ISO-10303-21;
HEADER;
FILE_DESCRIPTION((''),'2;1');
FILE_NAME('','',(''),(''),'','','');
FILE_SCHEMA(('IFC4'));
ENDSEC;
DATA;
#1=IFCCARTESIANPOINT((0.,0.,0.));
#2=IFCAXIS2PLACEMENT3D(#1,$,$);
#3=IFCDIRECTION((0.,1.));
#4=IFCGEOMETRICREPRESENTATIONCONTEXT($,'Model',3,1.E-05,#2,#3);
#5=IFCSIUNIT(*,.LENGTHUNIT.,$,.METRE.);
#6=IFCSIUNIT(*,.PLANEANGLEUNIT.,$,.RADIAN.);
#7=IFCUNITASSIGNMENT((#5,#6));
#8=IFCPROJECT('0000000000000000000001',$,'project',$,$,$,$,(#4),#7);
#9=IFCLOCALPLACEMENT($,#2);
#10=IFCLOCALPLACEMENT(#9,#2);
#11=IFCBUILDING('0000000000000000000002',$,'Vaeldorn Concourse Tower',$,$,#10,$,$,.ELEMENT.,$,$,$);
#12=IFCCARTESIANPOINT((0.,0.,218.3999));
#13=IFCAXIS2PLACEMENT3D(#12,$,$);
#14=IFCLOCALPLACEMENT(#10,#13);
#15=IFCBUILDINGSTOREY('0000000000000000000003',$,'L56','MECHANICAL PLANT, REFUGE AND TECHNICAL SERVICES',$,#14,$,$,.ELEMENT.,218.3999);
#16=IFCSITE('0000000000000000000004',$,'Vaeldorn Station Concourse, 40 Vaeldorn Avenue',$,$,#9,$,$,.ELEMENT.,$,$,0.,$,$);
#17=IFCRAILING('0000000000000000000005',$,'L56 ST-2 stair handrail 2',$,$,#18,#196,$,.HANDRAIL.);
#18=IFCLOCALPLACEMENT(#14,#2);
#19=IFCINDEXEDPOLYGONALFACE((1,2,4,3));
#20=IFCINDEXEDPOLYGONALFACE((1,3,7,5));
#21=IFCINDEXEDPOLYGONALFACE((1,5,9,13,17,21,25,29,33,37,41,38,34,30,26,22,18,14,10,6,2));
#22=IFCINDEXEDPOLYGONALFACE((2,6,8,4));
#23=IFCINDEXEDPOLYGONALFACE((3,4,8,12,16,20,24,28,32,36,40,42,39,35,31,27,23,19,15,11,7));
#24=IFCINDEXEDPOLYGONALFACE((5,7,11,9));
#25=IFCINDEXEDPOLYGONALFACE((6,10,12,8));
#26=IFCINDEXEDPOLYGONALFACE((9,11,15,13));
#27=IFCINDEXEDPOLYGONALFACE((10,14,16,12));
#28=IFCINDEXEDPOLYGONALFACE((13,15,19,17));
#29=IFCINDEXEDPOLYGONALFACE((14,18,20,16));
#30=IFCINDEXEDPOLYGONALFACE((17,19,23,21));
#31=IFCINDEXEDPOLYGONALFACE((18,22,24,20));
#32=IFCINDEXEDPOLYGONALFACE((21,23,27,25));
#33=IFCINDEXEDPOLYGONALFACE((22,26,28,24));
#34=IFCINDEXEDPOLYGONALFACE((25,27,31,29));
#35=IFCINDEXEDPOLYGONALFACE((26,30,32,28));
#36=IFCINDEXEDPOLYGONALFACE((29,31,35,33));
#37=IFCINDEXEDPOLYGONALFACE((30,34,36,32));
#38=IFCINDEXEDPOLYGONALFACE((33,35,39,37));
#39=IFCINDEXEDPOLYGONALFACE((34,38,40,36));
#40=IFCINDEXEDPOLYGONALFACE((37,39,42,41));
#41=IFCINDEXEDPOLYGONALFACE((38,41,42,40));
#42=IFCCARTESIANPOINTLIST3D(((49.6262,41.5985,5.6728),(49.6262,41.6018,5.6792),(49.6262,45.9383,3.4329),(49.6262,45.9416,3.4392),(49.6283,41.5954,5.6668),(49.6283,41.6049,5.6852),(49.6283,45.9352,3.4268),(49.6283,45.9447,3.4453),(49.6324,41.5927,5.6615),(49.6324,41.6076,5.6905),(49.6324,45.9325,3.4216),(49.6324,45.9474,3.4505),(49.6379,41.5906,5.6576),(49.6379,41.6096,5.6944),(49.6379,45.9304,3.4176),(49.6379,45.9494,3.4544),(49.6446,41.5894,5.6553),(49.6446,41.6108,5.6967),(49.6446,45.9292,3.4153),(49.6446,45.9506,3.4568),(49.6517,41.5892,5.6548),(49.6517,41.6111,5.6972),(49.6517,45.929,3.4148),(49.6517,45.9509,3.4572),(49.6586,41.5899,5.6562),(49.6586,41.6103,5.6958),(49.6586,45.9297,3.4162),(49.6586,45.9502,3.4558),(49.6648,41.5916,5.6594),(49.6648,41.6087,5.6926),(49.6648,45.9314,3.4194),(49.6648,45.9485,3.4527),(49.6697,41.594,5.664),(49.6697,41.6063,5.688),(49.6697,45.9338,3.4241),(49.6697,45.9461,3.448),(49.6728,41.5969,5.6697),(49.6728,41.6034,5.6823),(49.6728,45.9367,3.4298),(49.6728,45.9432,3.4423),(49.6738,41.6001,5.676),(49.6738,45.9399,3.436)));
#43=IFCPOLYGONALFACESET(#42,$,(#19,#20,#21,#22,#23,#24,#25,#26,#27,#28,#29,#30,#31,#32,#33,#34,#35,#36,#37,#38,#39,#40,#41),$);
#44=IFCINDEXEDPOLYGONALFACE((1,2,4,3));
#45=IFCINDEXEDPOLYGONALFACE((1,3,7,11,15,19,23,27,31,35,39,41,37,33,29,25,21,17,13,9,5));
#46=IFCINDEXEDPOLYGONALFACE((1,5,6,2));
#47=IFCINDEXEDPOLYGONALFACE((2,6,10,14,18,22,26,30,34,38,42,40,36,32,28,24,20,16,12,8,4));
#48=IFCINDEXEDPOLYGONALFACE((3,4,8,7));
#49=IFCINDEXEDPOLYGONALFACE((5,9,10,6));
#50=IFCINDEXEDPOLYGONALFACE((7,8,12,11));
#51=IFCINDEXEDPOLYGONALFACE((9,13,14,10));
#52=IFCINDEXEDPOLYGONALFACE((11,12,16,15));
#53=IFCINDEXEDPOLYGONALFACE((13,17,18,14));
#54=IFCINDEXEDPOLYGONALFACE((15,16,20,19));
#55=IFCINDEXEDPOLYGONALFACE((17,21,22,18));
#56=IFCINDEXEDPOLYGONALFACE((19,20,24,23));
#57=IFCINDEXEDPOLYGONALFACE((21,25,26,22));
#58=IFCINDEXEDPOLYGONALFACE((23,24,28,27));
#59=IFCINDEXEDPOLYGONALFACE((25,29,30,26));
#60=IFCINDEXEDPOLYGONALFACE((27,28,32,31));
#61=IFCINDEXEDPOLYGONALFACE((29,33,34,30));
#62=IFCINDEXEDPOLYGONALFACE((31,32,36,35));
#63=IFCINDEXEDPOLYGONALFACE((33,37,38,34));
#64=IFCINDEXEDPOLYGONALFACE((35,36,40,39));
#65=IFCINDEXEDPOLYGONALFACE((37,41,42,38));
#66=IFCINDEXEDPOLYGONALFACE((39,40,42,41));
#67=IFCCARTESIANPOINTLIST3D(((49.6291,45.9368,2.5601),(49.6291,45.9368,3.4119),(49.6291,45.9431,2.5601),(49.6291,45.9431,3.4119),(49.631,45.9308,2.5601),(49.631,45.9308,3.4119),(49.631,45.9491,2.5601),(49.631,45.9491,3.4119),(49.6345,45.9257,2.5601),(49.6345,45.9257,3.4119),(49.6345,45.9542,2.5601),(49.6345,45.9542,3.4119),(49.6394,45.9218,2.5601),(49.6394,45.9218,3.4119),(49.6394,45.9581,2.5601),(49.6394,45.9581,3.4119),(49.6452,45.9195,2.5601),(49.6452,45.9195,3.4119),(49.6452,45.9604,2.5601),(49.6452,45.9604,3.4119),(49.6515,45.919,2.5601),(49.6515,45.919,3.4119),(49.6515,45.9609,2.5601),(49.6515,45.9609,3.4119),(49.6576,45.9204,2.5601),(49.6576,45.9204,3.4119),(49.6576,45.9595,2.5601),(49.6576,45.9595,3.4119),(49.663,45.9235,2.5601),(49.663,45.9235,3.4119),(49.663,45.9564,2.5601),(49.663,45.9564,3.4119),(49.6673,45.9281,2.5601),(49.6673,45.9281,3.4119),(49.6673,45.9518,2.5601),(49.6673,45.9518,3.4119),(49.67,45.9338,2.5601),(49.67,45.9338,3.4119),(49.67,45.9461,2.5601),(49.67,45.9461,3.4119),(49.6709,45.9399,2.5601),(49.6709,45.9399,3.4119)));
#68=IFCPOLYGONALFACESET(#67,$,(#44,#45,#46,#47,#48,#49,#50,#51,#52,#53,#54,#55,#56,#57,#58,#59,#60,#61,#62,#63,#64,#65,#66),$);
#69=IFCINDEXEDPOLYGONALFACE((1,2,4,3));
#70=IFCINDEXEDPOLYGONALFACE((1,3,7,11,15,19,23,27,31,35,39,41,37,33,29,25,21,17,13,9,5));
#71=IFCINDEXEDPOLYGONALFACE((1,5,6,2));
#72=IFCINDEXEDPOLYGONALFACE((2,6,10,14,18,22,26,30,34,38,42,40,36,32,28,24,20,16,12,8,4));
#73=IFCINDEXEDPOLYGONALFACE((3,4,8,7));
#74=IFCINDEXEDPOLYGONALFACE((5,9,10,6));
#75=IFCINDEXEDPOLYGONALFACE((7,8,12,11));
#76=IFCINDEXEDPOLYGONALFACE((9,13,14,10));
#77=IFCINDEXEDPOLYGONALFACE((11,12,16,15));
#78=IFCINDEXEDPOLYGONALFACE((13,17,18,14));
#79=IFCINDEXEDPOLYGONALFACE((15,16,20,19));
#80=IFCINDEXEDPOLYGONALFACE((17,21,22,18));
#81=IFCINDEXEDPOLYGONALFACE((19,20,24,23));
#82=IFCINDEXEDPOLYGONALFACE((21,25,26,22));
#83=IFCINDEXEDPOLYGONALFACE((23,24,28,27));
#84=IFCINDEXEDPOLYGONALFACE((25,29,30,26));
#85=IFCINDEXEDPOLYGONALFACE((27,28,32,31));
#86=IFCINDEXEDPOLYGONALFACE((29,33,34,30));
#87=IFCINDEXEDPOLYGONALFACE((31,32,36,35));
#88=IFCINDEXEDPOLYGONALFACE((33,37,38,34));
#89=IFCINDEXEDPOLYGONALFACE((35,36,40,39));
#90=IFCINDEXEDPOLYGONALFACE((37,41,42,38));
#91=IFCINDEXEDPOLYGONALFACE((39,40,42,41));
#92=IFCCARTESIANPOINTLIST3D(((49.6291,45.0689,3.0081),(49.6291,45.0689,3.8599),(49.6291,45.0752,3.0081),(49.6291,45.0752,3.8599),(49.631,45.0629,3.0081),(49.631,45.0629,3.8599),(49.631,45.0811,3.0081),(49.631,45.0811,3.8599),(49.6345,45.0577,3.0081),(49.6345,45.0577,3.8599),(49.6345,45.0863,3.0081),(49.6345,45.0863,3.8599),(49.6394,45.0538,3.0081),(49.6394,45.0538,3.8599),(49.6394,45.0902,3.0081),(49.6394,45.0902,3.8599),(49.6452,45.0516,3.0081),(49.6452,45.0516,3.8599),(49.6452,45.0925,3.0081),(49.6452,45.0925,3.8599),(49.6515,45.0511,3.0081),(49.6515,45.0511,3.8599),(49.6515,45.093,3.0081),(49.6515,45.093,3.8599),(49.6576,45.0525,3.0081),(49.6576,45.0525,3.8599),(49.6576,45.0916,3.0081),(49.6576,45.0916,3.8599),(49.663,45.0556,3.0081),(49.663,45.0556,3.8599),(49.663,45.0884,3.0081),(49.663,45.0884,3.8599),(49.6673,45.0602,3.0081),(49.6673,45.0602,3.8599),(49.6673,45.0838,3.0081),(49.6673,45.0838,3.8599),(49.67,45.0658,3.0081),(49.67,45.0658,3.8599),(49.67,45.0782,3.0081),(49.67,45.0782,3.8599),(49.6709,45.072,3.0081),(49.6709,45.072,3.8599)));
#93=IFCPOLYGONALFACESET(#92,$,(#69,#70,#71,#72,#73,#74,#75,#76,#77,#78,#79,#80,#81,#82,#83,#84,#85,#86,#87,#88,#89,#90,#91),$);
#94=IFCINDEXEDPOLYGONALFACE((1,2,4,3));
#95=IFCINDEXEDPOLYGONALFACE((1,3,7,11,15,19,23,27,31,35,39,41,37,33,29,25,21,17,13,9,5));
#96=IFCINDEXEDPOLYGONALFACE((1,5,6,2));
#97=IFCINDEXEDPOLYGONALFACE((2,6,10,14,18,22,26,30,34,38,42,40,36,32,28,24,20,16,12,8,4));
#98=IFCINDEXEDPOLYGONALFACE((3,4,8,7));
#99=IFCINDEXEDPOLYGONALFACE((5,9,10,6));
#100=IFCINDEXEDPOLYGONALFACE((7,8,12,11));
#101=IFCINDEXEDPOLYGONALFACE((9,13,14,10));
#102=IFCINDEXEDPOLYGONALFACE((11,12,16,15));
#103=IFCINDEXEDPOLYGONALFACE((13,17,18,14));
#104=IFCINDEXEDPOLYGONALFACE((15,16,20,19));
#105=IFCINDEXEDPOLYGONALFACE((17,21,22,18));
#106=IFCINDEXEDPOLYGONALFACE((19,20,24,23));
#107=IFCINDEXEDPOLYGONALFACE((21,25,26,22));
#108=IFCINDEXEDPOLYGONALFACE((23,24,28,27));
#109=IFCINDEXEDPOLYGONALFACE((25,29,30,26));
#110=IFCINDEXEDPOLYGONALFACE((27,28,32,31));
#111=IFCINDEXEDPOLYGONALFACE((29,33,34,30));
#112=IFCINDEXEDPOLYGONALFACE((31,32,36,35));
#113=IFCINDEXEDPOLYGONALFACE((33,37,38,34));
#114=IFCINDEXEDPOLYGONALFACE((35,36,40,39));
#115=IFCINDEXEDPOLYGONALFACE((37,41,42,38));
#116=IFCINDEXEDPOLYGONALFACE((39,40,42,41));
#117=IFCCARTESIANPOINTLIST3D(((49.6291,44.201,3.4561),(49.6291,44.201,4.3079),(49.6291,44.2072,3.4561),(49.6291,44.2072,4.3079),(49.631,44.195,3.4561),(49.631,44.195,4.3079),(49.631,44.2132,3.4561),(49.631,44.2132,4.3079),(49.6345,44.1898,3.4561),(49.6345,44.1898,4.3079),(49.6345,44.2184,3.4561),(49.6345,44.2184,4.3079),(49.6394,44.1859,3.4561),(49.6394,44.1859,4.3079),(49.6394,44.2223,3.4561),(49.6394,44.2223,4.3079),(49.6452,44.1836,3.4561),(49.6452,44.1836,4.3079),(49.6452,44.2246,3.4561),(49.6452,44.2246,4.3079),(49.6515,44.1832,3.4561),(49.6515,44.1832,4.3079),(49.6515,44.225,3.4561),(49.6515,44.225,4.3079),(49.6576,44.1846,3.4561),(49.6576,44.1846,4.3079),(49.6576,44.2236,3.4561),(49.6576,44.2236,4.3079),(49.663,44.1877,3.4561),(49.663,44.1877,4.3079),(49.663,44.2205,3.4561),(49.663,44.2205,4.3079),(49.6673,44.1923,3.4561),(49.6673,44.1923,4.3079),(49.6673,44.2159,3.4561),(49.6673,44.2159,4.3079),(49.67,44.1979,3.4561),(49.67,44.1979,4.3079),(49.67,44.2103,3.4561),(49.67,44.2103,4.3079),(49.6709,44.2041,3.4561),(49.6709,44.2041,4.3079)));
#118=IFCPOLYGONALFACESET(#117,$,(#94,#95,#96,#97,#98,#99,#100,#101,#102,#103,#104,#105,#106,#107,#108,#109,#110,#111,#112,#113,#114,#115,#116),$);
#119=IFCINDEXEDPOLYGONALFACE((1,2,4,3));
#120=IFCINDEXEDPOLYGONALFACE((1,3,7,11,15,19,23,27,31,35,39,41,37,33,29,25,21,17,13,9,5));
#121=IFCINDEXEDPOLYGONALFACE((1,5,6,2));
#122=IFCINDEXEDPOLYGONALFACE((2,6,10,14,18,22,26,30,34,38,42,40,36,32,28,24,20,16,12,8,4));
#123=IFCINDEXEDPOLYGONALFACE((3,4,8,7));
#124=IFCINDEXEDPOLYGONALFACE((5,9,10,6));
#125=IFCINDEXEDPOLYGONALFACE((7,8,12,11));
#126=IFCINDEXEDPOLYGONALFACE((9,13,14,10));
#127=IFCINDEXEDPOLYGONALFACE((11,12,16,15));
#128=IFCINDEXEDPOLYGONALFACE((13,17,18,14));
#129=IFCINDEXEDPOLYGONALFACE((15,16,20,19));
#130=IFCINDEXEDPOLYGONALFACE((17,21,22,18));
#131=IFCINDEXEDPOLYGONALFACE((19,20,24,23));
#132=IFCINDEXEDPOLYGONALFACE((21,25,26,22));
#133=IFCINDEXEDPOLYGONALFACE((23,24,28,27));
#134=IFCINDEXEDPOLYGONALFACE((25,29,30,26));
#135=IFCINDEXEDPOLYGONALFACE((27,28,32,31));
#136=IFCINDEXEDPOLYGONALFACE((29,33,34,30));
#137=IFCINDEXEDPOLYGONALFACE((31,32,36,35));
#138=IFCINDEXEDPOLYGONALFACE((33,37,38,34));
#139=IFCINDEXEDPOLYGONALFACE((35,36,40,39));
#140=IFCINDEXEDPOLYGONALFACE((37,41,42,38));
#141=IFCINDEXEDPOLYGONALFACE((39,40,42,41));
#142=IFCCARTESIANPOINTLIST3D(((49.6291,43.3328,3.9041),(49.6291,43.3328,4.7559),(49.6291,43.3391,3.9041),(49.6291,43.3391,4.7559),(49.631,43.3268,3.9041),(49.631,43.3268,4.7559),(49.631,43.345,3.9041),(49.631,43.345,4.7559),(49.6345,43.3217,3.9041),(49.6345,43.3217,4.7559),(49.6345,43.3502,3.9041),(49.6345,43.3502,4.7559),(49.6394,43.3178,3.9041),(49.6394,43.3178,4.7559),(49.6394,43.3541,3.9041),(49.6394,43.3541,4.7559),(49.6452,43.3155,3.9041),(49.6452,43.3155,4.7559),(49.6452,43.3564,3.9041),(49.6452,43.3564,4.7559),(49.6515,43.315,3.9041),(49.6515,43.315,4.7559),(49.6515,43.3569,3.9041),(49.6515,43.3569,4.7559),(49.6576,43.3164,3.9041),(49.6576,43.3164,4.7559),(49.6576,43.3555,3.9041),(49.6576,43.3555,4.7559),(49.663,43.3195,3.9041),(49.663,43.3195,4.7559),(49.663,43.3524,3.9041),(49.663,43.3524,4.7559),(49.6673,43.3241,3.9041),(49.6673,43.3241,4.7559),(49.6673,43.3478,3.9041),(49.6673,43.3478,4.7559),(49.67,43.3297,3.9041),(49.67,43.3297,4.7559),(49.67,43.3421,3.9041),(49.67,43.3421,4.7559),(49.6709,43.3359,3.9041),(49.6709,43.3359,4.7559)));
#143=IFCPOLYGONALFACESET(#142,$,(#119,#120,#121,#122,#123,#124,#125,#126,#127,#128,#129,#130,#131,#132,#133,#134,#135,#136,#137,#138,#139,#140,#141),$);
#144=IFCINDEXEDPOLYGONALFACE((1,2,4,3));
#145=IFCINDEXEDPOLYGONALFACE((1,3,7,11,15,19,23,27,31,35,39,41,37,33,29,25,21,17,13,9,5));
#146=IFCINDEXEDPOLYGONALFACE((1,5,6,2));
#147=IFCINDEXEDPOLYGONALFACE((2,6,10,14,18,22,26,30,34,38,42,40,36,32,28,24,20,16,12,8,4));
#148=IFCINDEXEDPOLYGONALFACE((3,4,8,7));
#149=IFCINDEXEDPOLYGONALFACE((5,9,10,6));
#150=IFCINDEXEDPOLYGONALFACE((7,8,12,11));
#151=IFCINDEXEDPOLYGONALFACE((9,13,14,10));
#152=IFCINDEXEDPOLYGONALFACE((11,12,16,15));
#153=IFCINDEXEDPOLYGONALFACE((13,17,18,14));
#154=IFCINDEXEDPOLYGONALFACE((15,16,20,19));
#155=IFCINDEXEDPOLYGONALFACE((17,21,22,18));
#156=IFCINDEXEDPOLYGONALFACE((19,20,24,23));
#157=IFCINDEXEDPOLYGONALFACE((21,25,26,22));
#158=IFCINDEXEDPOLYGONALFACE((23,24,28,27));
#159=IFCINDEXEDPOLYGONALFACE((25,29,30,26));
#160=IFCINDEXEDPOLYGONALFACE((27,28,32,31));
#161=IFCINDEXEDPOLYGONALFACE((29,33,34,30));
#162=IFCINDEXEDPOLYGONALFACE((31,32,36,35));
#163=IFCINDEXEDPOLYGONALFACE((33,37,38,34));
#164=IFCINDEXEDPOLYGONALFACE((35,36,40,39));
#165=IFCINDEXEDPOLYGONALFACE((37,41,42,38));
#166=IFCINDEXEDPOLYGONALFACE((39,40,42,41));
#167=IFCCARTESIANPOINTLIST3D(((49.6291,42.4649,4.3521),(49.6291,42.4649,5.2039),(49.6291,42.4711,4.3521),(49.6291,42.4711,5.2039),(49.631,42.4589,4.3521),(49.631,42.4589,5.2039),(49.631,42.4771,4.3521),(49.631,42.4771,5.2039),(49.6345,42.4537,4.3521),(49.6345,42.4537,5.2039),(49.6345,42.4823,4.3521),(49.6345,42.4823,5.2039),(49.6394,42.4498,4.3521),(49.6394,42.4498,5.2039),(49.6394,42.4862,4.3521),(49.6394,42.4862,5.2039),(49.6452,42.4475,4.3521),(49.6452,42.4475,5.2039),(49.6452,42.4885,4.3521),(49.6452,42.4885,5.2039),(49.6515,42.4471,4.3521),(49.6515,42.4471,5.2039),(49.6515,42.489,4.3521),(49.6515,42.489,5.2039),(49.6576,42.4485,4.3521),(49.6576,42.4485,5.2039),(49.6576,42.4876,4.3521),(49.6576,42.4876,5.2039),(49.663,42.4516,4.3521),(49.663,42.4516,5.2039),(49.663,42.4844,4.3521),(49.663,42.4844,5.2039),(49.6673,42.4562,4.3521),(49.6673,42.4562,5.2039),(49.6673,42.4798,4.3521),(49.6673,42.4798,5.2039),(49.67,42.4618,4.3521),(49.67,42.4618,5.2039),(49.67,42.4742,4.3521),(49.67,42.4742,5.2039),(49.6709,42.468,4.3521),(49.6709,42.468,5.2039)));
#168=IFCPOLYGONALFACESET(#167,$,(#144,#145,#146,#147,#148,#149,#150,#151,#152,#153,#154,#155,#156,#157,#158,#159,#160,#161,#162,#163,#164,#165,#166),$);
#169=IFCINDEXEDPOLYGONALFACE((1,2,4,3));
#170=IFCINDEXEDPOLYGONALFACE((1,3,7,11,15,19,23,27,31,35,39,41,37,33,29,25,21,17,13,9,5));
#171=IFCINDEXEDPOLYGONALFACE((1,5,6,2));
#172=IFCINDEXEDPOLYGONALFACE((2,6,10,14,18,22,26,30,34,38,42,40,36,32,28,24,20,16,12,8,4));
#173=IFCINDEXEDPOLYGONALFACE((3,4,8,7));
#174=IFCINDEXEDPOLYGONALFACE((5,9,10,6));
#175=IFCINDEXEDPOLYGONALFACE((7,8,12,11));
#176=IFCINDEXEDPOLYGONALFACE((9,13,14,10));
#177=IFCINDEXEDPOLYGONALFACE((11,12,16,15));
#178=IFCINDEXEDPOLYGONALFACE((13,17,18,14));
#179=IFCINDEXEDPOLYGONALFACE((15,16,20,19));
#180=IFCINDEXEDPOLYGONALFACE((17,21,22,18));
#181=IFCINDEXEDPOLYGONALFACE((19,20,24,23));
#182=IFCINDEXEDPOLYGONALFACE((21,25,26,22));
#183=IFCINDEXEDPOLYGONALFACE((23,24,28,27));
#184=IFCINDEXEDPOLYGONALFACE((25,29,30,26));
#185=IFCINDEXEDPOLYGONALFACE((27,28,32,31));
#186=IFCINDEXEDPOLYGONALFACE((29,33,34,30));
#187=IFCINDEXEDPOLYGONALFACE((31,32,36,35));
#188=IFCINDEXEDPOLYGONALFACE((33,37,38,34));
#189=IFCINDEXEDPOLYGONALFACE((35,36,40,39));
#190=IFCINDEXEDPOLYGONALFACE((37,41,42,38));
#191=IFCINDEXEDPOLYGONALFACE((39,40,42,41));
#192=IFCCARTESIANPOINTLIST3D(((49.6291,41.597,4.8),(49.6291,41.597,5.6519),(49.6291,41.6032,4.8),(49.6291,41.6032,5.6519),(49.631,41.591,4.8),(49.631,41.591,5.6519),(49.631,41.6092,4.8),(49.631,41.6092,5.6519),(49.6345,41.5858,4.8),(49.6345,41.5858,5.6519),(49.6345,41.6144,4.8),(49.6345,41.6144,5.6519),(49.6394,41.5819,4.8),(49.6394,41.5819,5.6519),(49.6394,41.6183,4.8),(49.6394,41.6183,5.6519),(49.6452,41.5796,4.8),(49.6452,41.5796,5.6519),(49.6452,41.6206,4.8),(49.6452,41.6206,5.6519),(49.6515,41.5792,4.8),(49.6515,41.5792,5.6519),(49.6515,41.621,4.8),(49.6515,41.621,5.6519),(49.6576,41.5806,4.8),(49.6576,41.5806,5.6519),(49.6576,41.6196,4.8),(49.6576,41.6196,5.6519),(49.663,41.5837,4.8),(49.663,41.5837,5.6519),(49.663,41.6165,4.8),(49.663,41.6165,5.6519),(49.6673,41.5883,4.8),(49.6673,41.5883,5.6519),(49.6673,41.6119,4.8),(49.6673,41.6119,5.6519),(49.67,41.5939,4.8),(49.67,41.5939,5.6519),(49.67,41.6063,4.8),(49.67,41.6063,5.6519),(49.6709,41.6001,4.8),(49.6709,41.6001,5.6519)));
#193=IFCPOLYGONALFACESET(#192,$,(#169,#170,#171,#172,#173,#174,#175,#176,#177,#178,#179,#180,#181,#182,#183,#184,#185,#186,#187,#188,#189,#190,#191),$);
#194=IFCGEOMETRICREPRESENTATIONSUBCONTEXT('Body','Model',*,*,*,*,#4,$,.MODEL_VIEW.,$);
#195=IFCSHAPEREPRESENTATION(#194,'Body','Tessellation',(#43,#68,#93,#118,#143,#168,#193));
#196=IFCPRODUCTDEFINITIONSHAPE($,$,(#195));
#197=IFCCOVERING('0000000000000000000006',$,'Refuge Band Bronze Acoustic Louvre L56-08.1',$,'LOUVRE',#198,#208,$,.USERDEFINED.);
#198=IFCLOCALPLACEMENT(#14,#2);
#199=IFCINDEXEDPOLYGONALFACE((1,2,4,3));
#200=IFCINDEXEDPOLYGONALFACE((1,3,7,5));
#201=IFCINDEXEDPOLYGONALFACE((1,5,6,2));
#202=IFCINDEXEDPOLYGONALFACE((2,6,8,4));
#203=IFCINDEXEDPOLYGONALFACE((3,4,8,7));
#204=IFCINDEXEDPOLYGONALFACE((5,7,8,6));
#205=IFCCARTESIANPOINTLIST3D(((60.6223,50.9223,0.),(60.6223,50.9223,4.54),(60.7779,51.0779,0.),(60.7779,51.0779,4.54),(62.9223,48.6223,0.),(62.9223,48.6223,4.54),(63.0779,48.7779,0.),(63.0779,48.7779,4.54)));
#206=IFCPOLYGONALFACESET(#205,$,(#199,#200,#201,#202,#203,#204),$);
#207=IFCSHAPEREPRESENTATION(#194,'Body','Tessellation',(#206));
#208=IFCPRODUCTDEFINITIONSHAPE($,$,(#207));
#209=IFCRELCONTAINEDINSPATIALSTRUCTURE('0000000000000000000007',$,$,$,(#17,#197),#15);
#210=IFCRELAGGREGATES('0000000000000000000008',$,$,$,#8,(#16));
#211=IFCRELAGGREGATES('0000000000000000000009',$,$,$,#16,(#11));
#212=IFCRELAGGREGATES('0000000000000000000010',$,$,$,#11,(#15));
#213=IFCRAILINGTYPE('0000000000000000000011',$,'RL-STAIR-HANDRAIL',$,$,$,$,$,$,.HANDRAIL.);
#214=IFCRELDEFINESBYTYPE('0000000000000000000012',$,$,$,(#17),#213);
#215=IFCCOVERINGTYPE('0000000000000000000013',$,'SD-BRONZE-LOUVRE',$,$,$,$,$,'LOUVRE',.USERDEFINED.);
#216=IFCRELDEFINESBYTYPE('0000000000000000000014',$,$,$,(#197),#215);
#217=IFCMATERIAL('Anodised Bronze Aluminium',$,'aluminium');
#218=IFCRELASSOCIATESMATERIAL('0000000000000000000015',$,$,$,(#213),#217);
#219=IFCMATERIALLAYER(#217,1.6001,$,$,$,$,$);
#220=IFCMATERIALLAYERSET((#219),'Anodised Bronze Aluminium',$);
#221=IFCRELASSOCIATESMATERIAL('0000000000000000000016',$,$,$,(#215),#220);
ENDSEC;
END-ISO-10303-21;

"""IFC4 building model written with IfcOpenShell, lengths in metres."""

from ifc_helpers import new_model, si_unit, direction, frame, origin, origin_2d, place, context, subcontext, project, spatial, rectangle, circle, extrude, source, transform, mapped, material, layer, layer_set, type_object, element, save


model = new_model("IFC4")

# Units and contexts
model_context = context("Model", 3, precision=1e-05, world=origin(), true_north=direction((0.0, 1.0)))
body_context = subcontext(model_context, "Body", "Model", "MODEL_VIEW")
ifc_project = project(units=[si_unit("LENGTHUNIT", "METRE"), si_unit("PLANEANGLEUNIT", "RADIAN")], contexts=[model_context])

# Site, building, storey
site_placement = place(None, origin())
site = spatial("IfcSite", under=ifc_project, at=site_placement, Name="Vaeldorn Station Concourse, 40 Vaeldorn Avenue", CompositionType="ELEMENT", RefElevation=0.0)
building_placement = place(site_placement, origin())
building = spatial("IfcBuilding", under=site, at=building_placement, Name="Vaeldorn Concourse Tower", CompositionType="ELEMENT")
storey_placement = place(building_placement, frame((0.0, 0.0, 218.3999)))
storey = spatial("IfcBuildingStorey", under=building, at=storey_placement, Name="L56", Description="MECHANICAL PLANT, REFUGE AND TECHNICAL SERVICES", CompositionType="ELEMENT", Elevation=218.3999)

# Railing
ifc_material_1 = material(Name="Anodised Bronze Aluminium", Category="aluminium")
railing_type_1 = type_object("IfcRailingType", Name="RL-STAIR-HANDRAIL", PredefinedType="HANDRAIL", material=ifc_material_1)
railing_1_placement = place(storey_placement, frame((49.6499, 45.9399, 2.5601)))
element("IfcRailing", 1, at=railing_1_placement, inside=storey, type_object=railing_type_1, Name="L56 ST-2 stair handrail 2", PredefinedType="HANDRAIL", context=body_context, shape_type="SweptSolid", body=[
    extrude(circle(Radius=0.0239, at=origin_2d()), frame((0.0, 0.0, 0.876), z_axis=(0.0, -0.888615, 0.458654), x_axis=(1.0, 0.0, 0.0)), (0.0, 0.0, 1.0), 4.8838),
    extrude(circle(Radius=0.021, at=origin_2d()), origin(), (0.0, 0.0, 1.0), 0.8518),
    extrude(circle(Radius=0.021, at=origin_2d()), frame((0.0, -0.8679, 0.448)), (0.0, 0.0, 1.0), 0.8518),
    extrude(circle(Radius=0.021, at=origin_2d()), frame((0.0, -1.7358, 0.896)), (0.0, 0.0, 1.0), 0.8518),
    extrude(circle(Radius=0.021, at=origin_2d()), frame((0.0, -2.604, 1.344)), (0.0, 0.0, 1.0), 0.8518),
    extrude(circle(Radius=0.021, at=origin_2d()), frame((0.0, -3.4719, 1.792)), (0.0, 0.0, 1.0), 0.8518),
    extrude(circle(Radius=0.021, at=origin_2d()), frame((0.0, -4.3398, 2.24)), (0.0, 0.0, 1.0), 0.8518),
])

# Covering
ifc_layer_1 = layer(ifc_material_1, 1.6001)
ifc_layer_set_1 = layer_set([ifc_layer_1], Name="Anodised Bronze Aluminium")
covering_type = type_object("IfcCoveringType", Name="SD-BRONZE-LOUVRE", ElementType="LOUVRE", PredefinedType="USERDEFINED", material=ifc_layer_set_1)
shared_shape_1 = source(origin(), body_context, "Body", "SweptSolid", [
    extrude(rectangle(XDim=3.2527, YDim=0.22, at=origin_2d()), origin(), (0.0, 0.0, 1.0), 4.54),
])
covering_1_placement = place(storey_placement, frame((61.8501, 49.8501, 0.0), z_axis=(0.0, 0.0, 1.0), x_axis=(-0.707107, 0.707107, 0.0)))
element("IfcCovering", 2, at=covering_1_placement, inside=storey, type_object=covering_type, Name="Refuge Band Bronze Acoustic Louvre L56-08.1", ObjectType="LOUVRE", PredefinedType="USERDEFINED", context=body_context, shape_type="MappedRepresentation", body=[
    mapped(shared_shape_1, transform((0.0, 0.0, 0.0), scale=1.0)),
])

save(model, "model.ifc")
